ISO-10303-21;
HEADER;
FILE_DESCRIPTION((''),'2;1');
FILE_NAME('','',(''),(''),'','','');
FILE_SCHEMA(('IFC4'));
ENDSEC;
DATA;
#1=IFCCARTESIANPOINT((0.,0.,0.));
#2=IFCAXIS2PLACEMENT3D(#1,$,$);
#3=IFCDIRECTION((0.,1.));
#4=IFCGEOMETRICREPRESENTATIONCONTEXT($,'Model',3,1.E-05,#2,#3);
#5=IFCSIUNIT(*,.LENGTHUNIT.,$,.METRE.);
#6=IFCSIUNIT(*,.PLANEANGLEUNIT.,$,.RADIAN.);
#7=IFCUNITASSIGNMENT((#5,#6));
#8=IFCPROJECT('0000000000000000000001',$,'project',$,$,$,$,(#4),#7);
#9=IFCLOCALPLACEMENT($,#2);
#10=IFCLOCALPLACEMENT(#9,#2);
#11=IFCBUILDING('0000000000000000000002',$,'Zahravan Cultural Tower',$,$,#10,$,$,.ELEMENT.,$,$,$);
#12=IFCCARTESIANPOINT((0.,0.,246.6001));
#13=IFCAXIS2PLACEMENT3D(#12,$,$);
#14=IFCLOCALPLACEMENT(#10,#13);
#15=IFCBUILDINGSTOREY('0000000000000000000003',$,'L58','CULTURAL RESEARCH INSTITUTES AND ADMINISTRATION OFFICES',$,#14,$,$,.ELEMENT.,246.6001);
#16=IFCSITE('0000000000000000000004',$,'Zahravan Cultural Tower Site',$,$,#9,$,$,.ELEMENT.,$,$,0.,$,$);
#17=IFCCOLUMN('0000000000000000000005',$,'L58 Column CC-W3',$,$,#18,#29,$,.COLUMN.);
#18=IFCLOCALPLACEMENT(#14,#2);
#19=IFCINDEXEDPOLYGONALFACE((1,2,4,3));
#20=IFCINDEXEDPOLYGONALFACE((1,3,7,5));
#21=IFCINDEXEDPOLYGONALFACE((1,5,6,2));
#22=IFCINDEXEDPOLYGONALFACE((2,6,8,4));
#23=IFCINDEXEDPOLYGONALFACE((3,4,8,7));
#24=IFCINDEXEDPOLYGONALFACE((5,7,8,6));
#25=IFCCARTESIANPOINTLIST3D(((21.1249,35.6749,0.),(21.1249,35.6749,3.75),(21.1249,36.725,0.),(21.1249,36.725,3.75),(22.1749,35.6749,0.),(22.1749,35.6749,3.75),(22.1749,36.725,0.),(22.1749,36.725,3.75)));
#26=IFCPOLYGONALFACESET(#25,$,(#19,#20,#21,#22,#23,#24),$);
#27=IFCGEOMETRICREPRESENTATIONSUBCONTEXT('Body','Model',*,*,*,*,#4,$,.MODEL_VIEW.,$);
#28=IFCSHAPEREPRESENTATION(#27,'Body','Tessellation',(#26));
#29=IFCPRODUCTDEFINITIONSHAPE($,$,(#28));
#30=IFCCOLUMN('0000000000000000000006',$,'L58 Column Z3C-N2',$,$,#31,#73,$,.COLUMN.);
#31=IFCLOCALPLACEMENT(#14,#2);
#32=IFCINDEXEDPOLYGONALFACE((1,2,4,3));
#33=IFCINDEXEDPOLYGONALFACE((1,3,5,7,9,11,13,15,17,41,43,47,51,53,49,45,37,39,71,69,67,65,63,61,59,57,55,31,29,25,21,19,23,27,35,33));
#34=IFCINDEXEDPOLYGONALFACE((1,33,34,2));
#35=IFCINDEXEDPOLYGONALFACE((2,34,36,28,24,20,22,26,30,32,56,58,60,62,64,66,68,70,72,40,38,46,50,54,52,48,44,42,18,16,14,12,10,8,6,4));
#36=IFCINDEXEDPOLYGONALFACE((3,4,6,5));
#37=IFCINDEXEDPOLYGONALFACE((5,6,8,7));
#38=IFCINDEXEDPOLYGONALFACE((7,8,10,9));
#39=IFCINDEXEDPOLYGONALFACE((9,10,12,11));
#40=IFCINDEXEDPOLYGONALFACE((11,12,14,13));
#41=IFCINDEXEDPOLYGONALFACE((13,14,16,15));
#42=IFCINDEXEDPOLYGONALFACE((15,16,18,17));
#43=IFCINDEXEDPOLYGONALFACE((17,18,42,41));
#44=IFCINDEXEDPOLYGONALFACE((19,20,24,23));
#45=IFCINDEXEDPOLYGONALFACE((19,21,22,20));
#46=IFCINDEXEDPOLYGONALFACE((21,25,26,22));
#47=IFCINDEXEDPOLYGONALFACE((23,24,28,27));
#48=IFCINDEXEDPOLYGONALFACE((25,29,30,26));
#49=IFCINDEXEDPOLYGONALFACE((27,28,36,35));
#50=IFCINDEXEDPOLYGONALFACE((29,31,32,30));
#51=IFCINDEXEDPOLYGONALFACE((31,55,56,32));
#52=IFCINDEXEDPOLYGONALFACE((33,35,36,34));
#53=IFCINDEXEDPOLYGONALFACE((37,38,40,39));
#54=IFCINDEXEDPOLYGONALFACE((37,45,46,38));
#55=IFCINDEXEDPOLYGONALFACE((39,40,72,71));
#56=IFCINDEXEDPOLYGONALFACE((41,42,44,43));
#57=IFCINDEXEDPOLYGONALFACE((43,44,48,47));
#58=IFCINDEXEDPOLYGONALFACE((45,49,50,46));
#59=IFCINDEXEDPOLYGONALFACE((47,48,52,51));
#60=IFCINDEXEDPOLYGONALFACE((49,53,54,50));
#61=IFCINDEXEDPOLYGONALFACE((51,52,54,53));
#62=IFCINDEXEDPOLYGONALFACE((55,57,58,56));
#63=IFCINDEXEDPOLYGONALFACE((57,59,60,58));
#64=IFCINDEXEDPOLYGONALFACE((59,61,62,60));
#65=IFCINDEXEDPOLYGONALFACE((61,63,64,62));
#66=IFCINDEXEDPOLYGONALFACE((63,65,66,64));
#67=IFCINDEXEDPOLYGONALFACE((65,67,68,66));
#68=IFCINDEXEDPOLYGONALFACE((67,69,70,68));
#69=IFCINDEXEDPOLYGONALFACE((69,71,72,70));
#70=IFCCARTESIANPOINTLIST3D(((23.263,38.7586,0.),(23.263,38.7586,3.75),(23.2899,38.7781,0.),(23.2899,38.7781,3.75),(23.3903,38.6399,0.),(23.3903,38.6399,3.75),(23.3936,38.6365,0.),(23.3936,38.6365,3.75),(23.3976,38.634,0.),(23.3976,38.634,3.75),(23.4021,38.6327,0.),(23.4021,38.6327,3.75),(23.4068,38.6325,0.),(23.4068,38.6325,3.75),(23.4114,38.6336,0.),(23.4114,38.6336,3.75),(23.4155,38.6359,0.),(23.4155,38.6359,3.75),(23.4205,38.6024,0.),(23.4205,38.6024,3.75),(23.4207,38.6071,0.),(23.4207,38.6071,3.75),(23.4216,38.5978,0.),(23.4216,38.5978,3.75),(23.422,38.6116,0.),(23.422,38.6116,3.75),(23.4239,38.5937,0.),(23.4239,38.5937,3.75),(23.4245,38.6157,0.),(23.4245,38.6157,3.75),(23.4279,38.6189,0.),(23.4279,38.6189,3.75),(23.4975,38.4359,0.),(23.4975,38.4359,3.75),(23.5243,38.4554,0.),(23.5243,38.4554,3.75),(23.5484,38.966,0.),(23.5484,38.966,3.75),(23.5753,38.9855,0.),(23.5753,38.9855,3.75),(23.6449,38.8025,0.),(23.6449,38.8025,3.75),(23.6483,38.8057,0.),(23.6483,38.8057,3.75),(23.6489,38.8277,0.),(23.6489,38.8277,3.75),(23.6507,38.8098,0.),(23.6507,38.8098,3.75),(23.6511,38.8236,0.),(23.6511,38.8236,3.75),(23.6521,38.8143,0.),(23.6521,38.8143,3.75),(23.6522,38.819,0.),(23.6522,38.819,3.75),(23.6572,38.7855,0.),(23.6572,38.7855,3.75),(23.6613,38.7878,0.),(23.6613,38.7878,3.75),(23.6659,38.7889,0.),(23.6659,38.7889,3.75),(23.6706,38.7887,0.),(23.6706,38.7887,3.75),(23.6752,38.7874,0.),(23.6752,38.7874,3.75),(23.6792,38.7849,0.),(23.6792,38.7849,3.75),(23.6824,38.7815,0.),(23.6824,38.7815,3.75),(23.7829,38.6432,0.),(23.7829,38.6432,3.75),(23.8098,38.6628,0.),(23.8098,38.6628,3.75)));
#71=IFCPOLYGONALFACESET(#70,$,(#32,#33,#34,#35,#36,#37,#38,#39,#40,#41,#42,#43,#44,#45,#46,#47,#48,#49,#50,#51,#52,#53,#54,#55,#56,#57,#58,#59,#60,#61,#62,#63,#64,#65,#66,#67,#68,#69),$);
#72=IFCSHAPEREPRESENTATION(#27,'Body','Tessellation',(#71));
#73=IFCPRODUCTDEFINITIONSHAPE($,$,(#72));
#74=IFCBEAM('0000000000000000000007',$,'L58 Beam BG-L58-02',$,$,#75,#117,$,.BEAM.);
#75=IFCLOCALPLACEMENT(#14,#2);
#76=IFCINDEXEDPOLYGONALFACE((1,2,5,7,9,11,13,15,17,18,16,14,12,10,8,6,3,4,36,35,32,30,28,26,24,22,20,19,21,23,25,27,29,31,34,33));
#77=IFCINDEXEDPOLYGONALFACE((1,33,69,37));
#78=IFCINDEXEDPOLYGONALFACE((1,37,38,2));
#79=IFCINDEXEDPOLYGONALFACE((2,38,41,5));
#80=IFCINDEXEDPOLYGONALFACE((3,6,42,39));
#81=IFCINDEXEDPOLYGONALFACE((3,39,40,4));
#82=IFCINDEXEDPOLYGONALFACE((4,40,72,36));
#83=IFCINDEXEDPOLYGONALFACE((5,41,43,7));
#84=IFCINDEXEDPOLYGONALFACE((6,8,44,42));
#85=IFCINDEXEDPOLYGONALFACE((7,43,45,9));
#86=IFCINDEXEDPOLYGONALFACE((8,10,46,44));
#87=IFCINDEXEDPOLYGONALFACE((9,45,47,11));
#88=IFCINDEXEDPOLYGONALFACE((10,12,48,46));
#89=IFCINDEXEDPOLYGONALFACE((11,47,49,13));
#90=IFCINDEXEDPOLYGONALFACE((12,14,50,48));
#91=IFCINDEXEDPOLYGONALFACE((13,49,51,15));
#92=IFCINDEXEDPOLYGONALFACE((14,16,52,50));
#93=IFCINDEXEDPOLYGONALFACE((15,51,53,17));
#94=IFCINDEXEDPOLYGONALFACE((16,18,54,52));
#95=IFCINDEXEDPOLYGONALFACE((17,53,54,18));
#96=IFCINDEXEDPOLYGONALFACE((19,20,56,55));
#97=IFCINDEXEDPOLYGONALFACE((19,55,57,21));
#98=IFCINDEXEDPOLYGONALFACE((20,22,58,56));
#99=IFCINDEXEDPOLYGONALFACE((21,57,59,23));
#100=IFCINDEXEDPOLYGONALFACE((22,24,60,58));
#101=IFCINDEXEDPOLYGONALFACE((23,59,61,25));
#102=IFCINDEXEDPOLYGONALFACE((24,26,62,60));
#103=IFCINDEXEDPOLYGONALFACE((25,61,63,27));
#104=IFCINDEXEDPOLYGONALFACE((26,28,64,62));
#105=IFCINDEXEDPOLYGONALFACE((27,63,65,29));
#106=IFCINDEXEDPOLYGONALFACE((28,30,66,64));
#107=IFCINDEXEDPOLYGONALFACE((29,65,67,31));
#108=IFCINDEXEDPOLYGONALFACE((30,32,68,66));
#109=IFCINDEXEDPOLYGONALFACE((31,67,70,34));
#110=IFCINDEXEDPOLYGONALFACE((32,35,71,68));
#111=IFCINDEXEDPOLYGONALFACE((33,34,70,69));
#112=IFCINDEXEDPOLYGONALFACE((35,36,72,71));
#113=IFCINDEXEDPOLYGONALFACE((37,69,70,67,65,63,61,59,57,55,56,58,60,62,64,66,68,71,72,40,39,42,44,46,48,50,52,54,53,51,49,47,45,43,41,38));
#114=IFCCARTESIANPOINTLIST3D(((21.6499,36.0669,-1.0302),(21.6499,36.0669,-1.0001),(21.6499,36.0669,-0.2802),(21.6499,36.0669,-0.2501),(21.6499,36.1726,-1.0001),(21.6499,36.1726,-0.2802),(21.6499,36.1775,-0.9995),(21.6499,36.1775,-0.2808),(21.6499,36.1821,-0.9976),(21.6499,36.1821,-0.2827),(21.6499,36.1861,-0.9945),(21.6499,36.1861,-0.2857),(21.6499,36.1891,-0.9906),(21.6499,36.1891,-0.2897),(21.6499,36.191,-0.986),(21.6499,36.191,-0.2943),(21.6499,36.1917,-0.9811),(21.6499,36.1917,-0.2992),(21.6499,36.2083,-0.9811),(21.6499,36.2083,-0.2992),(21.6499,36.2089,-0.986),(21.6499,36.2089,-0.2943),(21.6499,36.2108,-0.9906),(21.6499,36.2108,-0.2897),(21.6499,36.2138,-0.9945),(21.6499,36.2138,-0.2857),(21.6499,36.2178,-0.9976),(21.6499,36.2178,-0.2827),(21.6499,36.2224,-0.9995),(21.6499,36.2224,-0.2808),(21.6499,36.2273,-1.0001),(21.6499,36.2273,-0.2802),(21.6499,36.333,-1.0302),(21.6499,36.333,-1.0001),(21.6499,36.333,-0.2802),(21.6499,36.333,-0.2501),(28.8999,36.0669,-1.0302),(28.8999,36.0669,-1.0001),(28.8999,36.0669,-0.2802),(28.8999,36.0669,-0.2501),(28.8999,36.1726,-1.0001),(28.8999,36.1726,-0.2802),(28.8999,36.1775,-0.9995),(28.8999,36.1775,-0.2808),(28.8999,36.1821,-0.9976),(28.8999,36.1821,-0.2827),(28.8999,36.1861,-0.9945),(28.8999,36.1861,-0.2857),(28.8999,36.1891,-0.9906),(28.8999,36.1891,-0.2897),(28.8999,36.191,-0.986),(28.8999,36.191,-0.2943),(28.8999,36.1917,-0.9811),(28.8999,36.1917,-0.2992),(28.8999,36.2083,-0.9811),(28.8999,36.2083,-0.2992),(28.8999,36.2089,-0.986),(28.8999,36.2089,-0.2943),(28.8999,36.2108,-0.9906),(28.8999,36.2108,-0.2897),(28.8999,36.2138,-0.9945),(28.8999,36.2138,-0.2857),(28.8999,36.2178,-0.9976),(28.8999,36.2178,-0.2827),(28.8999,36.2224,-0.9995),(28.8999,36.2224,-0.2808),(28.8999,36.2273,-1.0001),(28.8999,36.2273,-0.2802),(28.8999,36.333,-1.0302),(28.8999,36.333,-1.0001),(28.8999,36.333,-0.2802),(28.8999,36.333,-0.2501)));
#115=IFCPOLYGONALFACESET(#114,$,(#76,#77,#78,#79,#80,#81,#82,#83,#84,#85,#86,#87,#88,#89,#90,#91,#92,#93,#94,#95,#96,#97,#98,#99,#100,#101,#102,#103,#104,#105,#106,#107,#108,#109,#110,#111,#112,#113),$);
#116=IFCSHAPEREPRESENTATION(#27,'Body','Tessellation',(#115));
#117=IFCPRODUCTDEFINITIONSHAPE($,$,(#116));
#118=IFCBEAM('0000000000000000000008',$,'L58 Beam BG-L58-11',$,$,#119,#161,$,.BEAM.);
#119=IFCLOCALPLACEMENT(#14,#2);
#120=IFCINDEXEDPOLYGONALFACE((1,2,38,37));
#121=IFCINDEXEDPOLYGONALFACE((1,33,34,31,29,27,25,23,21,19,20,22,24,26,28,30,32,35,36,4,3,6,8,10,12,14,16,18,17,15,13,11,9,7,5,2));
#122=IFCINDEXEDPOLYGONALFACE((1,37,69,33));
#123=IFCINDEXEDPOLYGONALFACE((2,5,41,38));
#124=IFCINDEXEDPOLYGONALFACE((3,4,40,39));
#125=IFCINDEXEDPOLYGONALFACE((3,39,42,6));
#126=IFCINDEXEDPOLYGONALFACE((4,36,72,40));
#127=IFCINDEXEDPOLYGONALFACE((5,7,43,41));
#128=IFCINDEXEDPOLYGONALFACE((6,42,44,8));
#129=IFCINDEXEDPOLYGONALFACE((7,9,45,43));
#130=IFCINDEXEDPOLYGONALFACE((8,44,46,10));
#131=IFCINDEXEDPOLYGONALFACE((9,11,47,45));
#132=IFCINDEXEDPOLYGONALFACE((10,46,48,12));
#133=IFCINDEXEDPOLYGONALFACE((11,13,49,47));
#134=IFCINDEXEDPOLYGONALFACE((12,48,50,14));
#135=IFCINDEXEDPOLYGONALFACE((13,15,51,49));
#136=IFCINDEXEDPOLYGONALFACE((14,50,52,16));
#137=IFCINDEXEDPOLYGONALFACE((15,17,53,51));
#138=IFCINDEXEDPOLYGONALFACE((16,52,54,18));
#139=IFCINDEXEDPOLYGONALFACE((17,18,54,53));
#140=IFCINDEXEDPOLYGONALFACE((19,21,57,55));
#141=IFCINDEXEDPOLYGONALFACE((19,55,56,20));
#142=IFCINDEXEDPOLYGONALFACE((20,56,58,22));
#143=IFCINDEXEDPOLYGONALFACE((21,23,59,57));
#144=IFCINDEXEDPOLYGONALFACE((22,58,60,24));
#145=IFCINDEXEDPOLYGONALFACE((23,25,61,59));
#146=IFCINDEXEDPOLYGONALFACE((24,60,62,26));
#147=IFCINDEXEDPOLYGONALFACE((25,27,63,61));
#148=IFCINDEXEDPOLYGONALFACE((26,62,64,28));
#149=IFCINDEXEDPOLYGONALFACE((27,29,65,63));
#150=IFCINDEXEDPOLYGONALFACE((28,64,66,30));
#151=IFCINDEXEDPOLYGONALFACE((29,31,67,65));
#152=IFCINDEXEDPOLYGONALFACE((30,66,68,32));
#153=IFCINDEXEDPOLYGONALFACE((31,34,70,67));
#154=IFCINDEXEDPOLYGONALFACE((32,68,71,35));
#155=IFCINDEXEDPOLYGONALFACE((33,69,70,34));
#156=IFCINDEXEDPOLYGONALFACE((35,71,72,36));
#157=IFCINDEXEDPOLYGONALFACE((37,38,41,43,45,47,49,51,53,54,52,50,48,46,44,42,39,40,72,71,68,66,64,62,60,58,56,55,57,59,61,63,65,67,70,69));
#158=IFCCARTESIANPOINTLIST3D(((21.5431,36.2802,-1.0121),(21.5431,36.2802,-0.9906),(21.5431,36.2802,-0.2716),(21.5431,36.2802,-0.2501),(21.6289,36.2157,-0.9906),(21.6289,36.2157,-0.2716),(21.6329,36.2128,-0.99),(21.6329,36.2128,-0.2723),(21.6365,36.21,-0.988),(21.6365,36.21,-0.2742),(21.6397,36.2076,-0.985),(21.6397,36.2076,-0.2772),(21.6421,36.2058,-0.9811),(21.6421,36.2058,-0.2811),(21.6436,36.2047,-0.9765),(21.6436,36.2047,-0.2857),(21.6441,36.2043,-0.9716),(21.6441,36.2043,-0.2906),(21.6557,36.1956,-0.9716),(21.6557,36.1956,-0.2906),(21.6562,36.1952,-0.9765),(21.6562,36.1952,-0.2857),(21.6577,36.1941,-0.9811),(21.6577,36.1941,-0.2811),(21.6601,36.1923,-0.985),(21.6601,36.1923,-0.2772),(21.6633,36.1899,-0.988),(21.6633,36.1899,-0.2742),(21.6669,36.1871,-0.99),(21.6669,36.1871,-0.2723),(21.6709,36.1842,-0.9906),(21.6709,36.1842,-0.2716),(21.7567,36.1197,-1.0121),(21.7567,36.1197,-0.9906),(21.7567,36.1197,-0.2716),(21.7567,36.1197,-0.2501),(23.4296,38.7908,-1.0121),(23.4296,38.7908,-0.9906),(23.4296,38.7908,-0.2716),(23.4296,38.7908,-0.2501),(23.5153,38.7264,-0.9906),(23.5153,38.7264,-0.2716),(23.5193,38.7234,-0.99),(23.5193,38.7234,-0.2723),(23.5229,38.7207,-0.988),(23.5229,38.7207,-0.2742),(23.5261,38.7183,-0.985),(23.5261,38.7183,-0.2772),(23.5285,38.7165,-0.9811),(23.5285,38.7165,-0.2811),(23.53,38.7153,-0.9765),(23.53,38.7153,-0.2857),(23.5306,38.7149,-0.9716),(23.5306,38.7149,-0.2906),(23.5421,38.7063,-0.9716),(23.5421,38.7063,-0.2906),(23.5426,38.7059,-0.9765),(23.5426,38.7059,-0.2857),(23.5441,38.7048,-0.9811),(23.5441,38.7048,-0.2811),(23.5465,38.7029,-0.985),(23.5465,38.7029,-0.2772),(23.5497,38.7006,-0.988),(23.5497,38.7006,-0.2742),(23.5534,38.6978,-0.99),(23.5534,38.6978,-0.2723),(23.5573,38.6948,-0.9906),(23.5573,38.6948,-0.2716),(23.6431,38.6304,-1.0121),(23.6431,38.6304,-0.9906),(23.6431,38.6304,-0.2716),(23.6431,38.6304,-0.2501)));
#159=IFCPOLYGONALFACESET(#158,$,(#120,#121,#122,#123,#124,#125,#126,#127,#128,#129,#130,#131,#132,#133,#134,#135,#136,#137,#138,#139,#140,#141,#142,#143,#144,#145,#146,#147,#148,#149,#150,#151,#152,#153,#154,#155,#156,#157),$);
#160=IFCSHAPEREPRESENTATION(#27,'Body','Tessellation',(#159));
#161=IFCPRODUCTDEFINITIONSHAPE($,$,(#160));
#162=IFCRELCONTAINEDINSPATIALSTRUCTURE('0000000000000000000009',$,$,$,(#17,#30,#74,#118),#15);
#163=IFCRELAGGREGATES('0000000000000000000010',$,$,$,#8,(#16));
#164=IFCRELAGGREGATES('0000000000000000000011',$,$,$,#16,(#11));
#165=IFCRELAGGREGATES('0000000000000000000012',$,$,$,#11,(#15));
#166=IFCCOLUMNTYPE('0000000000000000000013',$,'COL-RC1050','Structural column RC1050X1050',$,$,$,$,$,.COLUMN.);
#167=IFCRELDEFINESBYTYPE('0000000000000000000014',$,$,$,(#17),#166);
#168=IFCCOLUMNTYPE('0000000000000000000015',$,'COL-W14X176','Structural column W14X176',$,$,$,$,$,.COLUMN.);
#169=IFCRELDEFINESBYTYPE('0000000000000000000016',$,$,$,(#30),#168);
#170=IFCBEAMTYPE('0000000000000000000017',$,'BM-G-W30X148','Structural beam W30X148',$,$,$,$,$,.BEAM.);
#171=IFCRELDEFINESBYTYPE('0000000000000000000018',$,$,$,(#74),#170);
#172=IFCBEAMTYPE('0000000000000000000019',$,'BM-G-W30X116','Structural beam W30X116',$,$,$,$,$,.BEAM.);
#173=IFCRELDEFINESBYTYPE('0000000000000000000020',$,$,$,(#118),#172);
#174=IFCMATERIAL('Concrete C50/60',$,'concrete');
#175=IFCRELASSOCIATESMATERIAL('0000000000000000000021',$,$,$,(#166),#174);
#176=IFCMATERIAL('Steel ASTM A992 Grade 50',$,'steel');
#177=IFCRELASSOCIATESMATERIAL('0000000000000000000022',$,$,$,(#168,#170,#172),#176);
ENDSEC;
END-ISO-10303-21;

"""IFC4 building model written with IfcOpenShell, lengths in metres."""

from ifc_helpers import new_model, si_unit, direction, frame, origin, origin_2d, place, context, subcontext, project, spatial, rectangle, i_section, extrude, source, transform, mapped, material, material_profile, profile_set, type_object, element, save


model = new_model("IFC4")

# Units and contexts
model_context = context("Model", 3, precision=1e-05, world=origin(), true_north=direction((0.0, 1.0)))
body_context = subcontext(model_context, "Body", "Model", "MODEL_VIEW")
ifc_project = project(units=[si_unit("LENGTHUNIT", "METRE"), si_unit("PLANEANGLEUNIT", "RADIAN")], contexts=[model_context])

# Site, building, storey
site_placement = place(None, origin())
site = spatial("IfcSite", under=ifc_project, at=site_placement, Name="Zahravan Cultural Tower Site", CompositionType="ELEMENT", RefElevation=0.0)
building_placement = place(site_placement, origin())
building = spatial("IfcBuilding", under=site, at=building_placement, Name="Zahravan Cultural Tower", CompositionType="ELEMENT")
storey_placement = place(building_placement, frame((0.0, 0.0, 246.6001)))
storey = spatial("IfcBuildingStorey", under=building, at=storey_placement, Name="L58", Description="CULTURAL RESEARCH INSTITUTES AND ADMINISTRATION OFFICES", CompositionType="ELEMENT", Elevation=246.6001)

# Columns
ifc_material_1 = material(Name="Concrete C50/60", Category="concrete")
ifc_material_profile_1 = material_profile(ifc_material_1, rectangle(XDim=1.05, YDim=1.05, at=origin_2d()), Name="RC1050X1050")
ifc_profile_set_1 = profile_set([ifc_material_profile_1], Name="Concrete C50/60")
column_type_1 = type_object("IfcColumnType", Name="COL-RC1050", Description="Structural column RC1050X1050", PredefinedType="COLUMN", material=ifc_profile_set_1)
shared_shape_1 = source(origin(), body_context, "Body", "SweptSolid", [
    extrude(rectangle(XDim=1.05, YDim=1.05, at=origin_2d()), origin(), (0.0, 0.0, 1.0), 3.75),
])
column_1_placement = place(storey_placement, frame((21.6499, 36.2, 0.0), z_axis=(0.0, 0.0, 1.0), x_axis=(1.0, 0.0, 0.0)))
element("IfcColumn", 1, at=column_1_placement, inside=storey, type_object=column_type_1, Name="L58 Column CC-W3", PredefinedType="COLUMN", context=body_context, shape_type="MappedRepresentation", body=[
    mapped(shared_shape_1, transform((0.0, 0.0, 0.0), x_axis=(1.0, 0.0, 0.0), y_axis=(0.0, 1.0, 0.0), z_axis=(0.0, 0.0, 1.0), scale=1.0)),
])
ifc_material_2 = material(Name="Steel ASTM A992 Grade 50", Category="steel")
ifc_material_profile_2 = material_profile(ifc_material_2, i_section(OverallWidth=0.3989, OverallDepth=0.386, WebThickness=0.021, FlangeThickness=0.0332, FilletRadius=0.0181, at=origin_2d()), Name="W14X176")
ifc_profile_set_2 = profile_set([ifc_material_profile_2], Name="Steel ASTM A992 Grade 50")
column_type_2 = type_object("IfcColumnType", Name="COL-W14X176", Description="Structural column W14X176", PredefinedType="COLUMN", material=ifc_profile_set_2)
shared_shape_2 = source(origin(), body_context, "Body", "SweptSolid", [
    extrude(i_section(OverallWidth=0.3989, OverallDepth=0.386, WebThickness=0.021, FlangeThickness=0.0332, FilletRadius=0.0181, at=origin_2d()), origin(), (0.0, 0.0, 1.0), 3.75),
])
column_2_placement = place(storey_placement, frame((23.5364, 38.7107, 0.0), z_axis=(0.0, 0.0, 1.0), x_axis=(-0.587785, 0.809017, 0.0)))
element("IfcColumn", 2, at=column_2_placement, inside=storey, type_object=column_type_2, Name="L58 Column Z3C-N2", PredefinedType="COLUMN", context=body_context, shape_type="MappedRepresentation", body=[
    mapped(shared_shape_2, transform((0.0, 0.0, 0.0), x_axis=(1.0, 0.0, 0.0), y_axis=(0.0, 1.0, 0.0), z_axis=(0.0, 0.0, 1.0), scale=1.0)),
])

# Beams
ifc_material_profile_3 = material_profile(ifc_material_2, i_section(OverallWidth=0.2661, OverallDepth=0.78, WebThickness=0.0166, FlangeThickness=0.03, FilletRadius=0.019, at=origin_2d()), Name="W30X148")
ifc_profile_set_3 = profile_set([ifc_material_profile_3], Name="Steel ASTM A992 Grade 50")
beam_type_1 = type_object("IfcBeamType", Name="BM-G-W30X148", Description="Structural beam W30X148", PredefinedType="BEAM", material=ifc_profile_set_3)
shared_shape_3 = source(origin(), body_context, "Body", "SweptSolid", [
    extrude(i_section(OverallWidth=0.2661, OverallDepth=0.78, WebThickness=0.0166, FlangeThickness=0.03, FilletRadius=0.019, at=origin_2d()), origin(), (0.0, 0.0, 1.0), 7.25),
])
beam_1_placement = place(storey_placement, frame((21.6499, 36.2, -0.6401), z_axis=(1.0, 0.0, 0.0), x_axis=(0.0, 1.0, 0.0)))
element("IfcBeam", 3, at=beam_1_placement, inside=storey, type_object=beam_type_1, Name="L58 Beam BG-L58-02", PredefinedType="BEAM", context=body_context, shape_type="MappedRepresentation", body=[
    mapped(shared_shape_3, transform((0.0, 0.0, 0.0), x_axis=(1.0, 0.0, 0.0), y_axis=(0.0, 1.0, 0.0), z_axis=(0.0, 0.0, 1.0), scale=1.0)),
])
ifc_material_profile_4 = material_profile(ifc_material_2, i_section(OverallWidth=0.2671, OverallDepth=0.762, WebThickness=0.0144, FlangeThickness=0.0215, FilletRadius=0.019, at=origin_2d()), Name="W30X116")
ifc_profile_set_4 = profile_set([ifc_material_profile_4], Name="Steel ASTM A992 Grade 50")
beam_type_2 = type_object("IfcBeamType", Name="BM-G-W30X116", Description="Structural beam W30X116", PredefinedType="BEAM", material=ifc_profile_set_4)
shared_shape_4 = source(origin(), body_context, "Body", "SweptSolid", [
    extrude(i_section(OverallWidth=0.2671, OverallDepth=0.762, WebThickness=0.0144, FlangeThickness=0.0215, FilletRadius=0.019, at=origin_2d()), origin(), (0.0, 0.0, 1.0), 3.1404),
])
beam_2_placement = place(storey_placement, frame((21.6499, 36.2, -0.6311), z_axis=(0.600696, 0.799477, 0.0), x_axis=(-0.799477, 0.600696, 0.0)))
element("IfcBeam", 4, at=beam_2_placement, inside=storey, type_object=beam_type_2, Name="L58 Beam BG-L58-11", PredefinedType="BEAM", context=body_context, shape_type="MappedRepresentation", body=[
    mapped(shared_shape_4, transform((0.0, 0.0, 0.0), x_axis=(1.0, 0.0, 0.0), y_axis=(0.0, 1.0, 0.0), z_axis=(0.0, 0.0, 1.0), scale=1.0)),
])

save(model, "model.ifc")
